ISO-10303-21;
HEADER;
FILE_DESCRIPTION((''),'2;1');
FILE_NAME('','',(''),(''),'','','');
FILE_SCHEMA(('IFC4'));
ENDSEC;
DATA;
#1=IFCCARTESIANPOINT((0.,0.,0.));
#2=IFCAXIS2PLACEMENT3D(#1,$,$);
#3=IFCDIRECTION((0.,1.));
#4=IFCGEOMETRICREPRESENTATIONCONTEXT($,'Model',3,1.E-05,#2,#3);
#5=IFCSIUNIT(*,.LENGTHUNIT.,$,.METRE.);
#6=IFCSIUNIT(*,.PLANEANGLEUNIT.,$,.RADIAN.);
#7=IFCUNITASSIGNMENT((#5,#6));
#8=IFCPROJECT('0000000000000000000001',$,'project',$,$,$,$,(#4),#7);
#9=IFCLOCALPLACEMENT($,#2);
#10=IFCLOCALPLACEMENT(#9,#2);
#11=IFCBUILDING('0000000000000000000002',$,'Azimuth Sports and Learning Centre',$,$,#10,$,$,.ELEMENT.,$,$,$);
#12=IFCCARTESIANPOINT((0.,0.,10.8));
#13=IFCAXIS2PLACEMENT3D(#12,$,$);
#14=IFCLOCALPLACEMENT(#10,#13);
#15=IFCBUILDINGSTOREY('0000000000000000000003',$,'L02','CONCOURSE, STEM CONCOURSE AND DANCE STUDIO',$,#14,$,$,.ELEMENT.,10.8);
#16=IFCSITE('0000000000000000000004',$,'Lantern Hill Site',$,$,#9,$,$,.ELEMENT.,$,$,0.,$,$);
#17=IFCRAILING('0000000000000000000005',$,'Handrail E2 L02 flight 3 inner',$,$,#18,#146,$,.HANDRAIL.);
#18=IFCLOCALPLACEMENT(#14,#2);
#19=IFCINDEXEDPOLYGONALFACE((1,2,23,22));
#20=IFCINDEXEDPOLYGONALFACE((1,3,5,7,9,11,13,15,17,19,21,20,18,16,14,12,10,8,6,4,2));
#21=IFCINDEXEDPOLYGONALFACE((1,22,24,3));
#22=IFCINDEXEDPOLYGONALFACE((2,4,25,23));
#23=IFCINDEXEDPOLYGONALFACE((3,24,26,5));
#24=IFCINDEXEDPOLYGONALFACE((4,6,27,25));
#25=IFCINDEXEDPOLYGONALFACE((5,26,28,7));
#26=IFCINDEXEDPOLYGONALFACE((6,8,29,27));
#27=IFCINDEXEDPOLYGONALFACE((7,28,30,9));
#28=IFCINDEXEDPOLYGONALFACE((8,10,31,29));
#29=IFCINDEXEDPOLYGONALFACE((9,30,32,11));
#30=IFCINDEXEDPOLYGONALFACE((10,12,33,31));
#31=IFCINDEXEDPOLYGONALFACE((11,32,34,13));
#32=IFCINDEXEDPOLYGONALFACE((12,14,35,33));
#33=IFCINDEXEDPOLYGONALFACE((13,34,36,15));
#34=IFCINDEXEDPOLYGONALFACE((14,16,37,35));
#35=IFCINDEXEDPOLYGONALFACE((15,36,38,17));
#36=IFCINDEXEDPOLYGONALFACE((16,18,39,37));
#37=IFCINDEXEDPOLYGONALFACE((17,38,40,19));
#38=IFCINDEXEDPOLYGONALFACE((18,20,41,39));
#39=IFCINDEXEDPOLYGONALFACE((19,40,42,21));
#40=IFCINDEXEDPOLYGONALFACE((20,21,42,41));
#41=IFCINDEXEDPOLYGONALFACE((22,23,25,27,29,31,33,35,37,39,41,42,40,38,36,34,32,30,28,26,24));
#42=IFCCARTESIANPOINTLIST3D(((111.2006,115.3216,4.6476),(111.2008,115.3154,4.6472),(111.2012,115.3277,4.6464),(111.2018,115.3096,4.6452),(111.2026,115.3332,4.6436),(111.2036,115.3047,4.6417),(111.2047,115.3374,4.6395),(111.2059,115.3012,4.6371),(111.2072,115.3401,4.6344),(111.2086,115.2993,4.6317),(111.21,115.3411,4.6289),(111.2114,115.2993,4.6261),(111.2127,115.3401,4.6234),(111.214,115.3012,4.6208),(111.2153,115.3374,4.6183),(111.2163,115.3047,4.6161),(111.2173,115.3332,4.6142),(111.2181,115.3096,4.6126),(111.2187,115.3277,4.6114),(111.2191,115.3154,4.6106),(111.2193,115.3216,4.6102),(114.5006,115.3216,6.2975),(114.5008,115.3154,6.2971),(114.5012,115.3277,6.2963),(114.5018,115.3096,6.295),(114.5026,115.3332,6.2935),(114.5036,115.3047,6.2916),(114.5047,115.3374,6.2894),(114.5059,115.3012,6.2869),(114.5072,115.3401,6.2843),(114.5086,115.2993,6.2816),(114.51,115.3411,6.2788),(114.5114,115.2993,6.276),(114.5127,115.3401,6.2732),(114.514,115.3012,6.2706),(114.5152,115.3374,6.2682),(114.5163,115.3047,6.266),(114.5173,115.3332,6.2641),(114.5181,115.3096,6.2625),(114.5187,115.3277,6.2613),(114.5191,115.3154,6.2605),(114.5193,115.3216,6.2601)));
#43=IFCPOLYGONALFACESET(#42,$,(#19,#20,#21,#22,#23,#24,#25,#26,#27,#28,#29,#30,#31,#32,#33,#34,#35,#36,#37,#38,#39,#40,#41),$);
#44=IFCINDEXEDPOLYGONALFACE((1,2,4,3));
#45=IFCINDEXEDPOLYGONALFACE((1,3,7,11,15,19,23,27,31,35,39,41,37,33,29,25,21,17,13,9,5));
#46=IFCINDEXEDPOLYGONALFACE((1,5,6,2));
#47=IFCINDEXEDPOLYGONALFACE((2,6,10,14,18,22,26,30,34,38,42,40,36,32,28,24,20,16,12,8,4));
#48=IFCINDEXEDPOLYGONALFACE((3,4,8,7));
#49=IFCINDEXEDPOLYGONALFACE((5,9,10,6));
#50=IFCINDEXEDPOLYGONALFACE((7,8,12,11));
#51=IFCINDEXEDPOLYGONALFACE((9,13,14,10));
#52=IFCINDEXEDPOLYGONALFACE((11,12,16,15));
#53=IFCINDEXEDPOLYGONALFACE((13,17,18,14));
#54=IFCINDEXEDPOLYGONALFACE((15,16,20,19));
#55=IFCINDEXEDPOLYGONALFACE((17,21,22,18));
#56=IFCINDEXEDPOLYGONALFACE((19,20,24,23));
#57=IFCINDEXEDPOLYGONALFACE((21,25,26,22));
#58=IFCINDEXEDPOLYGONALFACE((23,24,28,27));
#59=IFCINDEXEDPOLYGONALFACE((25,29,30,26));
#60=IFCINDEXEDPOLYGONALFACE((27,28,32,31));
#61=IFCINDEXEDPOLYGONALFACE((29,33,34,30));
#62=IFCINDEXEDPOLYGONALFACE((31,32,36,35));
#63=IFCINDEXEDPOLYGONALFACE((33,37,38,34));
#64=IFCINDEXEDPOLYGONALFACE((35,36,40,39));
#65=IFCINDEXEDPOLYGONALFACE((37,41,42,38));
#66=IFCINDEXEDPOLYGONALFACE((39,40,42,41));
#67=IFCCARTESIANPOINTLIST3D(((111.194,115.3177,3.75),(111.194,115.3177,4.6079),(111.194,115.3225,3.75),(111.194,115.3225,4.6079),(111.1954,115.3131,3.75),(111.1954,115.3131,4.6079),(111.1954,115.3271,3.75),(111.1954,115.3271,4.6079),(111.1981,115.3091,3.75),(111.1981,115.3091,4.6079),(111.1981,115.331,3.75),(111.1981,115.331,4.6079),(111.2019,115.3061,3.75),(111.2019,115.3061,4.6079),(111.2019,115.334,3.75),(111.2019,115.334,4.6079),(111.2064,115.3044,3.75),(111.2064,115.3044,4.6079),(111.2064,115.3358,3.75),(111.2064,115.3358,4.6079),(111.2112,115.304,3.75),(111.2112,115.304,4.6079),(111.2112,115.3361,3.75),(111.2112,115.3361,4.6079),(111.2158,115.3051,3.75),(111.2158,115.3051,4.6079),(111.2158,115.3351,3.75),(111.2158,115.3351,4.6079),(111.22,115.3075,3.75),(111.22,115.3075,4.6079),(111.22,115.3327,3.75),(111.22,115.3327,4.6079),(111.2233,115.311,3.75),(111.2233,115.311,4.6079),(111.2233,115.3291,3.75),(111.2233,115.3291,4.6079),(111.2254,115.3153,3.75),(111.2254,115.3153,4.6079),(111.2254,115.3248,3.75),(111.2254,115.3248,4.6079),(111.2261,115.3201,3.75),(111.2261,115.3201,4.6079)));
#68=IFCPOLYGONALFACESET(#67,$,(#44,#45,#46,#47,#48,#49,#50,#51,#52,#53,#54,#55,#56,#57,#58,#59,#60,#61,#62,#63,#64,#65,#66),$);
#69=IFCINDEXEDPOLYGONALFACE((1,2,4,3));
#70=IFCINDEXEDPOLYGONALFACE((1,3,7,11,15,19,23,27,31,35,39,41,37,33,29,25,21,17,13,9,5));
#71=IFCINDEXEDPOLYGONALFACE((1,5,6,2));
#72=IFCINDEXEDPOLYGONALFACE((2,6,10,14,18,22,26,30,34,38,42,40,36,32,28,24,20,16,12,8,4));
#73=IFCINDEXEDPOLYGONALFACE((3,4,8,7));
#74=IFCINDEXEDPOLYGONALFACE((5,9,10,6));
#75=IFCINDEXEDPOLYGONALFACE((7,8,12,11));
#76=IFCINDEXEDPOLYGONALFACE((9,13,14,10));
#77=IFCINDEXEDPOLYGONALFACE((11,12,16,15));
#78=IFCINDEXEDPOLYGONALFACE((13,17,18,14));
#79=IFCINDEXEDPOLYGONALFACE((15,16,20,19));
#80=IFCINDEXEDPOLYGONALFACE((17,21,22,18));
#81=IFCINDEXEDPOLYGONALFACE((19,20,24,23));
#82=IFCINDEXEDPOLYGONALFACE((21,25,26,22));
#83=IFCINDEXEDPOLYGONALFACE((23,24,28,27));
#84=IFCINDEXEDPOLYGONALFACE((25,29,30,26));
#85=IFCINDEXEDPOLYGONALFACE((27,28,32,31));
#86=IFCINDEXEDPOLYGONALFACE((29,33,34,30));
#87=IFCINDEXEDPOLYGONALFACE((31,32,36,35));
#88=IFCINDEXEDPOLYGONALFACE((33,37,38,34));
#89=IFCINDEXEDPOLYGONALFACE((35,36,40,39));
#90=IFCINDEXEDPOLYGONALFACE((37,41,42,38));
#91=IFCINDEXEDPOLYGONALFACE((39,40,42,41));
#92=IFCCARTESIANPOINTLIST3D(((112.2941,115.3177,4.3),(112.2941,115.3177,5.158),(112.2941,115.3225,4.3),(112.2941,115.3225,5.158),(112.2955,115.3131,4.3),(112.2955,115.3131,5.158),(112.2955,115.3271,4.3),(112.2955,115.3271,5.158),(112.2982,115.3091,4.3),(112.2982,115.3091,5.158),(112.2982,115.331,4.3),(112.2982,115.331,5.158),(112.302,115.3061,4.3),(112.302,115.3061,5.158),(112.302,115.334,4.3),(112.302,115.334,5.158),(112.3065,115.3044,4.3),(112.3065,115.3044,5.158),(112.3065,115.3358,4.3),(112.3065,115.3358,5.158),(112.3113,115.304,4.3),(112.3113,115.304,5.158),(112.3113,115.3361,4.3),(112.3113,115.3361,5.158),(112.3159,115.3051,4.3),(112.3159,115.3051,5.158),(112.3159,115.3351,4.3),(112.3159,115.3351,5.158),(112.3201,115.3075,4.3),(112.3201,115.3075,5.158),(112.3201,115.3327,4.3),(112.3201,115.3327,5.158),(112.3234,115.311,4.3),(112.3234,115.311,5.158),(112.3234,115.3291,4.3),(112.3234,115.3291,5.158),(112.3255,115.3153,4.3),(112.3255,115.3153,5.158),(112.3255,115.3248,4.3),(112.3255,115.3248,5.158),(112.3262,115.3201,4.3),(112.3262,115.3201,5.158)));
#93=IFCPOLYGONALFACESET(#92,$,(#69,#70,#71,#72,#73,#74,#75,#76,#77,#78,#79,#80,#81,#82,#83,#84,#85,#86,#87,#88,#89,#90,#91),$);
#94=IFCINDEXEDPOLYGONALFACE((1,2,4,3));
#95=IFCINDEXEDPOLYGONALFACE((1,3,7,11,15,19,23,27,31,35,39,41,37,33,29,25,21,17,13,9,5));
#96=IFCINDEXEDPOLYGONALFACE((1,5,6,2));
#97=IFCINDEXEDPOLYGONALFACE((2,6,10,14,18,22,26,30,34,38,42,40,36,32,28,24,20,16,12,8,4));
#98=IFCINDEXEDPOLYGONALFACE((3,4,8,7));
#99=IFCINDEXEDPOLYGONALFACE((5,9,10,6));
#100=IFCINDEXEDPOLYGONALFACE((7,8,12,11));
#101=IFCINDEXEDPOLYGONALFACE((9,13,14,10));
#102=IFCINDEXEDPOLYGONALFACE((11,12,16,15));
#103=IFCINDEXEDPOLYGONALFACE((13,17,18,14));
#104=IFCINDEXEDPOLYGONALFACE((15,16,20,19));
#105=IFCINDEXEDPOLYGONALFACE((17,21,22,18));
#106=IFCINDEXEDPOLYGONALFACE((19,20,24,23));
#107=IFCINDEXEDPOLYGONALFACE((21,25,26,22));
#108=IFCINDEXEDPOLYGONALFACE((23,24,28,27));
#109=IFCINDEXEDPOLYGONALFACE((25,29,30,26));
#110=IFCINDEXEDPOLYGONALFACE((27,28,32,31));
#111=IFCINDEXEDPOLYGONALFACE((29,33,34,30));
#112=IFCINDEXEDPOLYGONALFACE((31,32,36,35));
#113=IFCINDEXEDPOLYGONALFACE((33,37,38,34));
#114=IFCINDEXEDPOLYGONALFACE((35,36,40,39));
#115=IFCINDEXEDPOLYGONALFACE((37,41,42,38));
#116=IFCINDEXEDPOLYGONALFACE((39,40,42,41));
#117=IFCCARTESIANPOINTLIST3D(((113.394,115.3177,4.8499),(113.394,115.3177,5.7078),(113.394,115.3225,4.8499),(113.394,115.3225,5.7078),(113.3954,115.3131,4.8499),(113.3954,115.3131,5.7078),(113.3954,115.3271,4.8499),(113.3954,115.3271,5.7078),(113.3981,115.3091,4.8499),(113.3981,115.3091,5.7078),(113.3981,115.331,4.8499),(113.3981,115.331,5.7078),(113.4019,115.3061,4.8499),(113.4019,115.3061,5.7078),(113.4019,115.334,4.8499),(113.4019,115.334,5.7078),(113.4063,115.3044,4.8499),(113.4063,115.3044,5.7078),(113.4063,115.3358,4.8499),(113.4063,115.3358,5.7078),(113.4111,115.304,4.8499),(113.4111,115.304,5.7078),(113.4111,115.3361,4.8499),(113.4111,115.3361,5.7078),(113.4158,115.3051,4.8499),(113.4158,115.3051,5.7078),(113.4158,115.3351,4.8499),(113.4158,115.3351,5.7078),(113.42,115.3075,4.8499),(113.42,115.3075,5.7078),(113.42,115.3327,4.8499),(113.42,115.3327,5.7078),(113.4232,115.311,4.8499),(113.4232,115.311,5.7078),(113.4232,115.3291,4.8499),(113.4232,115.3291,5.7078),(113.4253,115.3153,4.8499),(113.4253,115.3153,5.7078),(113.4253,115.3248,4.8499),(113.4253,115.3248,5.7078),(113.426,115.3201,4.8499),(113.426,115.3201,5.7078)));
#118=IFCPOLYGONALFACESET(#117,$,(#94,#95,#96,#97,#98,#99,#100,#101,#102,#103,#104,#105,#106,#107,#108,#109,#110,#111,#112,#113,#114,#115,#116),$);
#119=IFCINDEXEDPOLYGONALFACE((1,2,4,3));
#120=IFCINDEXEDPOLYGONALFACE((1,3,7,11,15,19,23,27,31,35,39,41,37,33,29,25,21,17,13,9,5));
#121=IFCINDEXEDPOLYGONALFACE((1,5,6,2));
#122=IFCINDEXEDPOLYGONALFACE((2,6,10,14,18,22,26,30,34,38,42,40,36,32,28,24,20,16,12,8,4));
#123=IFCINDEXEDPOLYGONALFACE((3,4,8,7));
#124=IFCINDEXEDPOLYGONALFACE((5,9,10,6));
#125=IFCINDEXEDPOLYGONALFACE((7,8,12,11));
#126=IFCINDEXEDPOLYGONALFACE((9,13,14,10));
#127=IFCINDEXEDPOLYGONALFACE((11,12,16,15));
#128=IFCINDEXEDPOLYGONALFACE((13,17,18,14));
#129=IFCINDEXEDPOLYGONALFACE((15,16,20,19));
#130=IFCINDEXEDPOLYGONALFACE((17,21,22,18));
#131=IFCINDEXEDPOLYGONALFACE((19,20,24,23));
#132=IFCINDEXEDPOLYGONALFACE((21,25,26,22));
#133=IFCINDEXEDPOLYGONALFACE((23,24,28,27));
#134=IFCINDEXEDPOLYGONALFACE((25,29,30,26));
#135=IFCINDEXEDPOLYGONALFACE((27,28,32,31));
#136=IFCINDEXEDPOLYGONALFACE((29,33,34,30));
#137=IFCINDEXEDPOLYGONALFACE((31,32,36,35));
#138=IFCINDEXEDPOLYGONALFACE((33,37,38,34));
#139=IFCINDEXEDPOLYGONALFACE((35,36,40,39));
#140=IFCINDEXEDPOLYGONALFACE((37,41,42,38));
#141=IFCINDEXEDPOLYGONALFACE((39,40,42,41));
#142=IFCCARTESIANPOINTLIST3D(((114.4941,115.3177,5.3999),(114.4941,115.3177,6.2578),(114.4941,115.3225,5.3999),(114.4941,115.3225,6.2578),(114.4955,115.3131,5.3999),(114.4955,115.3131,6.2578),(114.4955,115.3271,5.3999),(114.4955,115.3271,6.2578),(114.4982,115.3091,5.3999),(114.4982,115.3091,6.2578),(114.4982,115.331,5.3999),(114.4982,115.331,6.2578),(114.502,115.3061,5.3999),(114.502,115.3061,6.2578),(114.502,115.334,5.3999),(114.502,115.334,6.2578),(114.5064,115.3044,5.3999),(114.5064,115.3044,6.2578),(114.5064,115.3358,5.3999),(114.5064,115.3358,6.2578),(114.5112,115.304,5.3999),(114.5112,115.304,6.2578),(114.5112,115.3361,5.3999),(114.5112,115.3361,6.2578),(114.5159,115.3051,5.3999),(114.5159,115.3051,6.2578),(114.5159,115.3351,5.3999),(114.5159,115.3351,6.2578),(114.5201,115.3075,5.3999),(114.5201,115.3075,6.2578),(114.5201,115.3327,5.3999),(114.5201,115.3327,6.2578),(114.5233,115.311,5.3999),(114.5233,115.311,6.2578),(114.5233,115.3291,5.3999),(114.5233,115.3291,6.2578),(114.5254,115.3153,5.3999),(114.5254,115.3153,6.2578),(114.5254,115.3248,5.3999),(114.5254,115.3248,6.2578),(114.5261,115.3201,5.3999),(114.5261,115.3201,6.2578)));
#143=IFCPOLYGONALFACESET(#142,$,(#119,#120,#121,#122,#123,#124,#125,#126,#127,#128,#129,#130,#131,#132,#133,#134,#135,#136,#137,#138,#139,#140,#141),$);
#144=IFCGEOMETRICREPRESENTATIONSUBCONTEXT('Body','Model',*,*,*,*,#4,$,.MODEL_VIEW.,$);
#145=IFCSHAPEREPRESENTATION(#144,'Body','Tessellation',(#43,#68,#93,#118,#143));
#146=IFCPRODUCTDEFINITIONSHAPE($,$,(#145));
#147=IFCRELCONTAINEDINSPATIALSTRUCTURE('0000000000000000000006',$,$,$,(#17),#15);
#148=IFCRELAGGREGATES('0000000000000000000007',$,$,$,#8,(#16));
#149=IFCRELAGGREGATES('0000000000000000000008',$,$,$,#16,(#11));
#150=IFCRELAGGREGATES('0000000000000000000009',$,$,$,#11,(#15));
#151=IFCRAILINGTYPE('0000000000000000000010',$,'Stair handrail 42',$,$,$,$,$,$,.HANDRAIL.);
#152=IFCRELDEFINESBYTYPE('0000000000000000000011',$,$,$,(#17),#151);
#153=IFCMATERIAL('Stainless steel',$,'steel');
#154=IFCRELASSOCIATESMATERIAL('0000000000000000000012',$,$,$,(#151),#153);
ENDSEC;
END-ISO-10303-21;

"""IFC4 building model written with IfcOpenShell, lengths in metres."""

from ifc_helpers import new_model, si_unit, direction, frame, origin, origin_2d, place, context, subcontext, project, spatial, circle, extrude, material, type_object, element, save


model = new_model("IFC4")

# Units and contexts
model_context = context("Model", 3, precision=1e-05, world=origin(), true_north=direction((0.0, 1.0)))
body_context = subcontext(model_context, "Body", "Model", "MODEL_VIEW")
ifc_project = project(units=[si_unit("LENGTHUNIT", "METRE"), si_unit("PLANEANGLEUNIT", "RADIAN")], contexts=[model_context])

# Site, building, storey
site_placement = place(None, origin())
site = spatial("IfcSite", under=ifc_project, at=site_placement, Name="Lantern Hill Site", CompositionType="ELEMENT", RefElevation=0.0)
building_placement = place(site_placement, origin())
building = spatial("IfcBuilding", under=site, at=building_placement, Name="Azimuth Sports and Learning Centre", CompositionType="ELEMENT")
storey_placement = place(building_placement, frame((0.0, 0.0, 10.8)))
storey = spatial("IfcBuildingStorey", under=building, at=storey_placement, Name="L02", Description="CONCOURSE, STEM CONCOURSE AND DANCE STUDIO", CompositionType="ELEMENT", Elevation=10.8)

# Railing
ifc_material_1 = material(Name="Stainless steel", Category="steel")
railing_type_1 = type_object("IfcRailingType", Name="Stair handrail 42", PredefinedType="HANDRAIL", material=ifc_material_1)
for number, where, name in (
    (1, (111.21, 115.3201, 3.75), "Handrail E2 L02 flight 3 inner"),
):
    element("IfcRailing", number, at=place(storey_placement, frame(where)), inside=storey, type_object=railing_type_1, Name=name, PredefinedType="HANDRAIL", context=body_context, shape_type="SweptSolid", body=[
        extrude(circle(Radius=0.021, at=origin_2d()), frame((0.0, 0.0, 0.8789), z_axis=(0.89444, 0.0, 0.447187), x_axis=(0.0, 1.0, 0.0)), (0.0, 0.0, 1.0), 3.6895),
        extrude(circle(Radius=0.0161, at=origin_2d()), origin(), (0.0, 0.0, 1.0), 0.8579),
        extrude(circle(Radius=0.0161, at=origin_2d()), frame((1.1001, 0.0, 0.55)), (0.0, 0.0, 1.0), 0.8579),
        extrude(circle(Radius=0.0161, at=origin_2d()), frame((2.2, 0.0, 1.0999)), (0.0, 0.0, 1.0), 0.8579),
        extrude(circle(Radius=0.0161, at=origin_2d()), frame((3.3, 0.0, 1.6499)), (0.0, 0.0, 1.0), 0.8579),
    ])

save(model, "model.ifc")
